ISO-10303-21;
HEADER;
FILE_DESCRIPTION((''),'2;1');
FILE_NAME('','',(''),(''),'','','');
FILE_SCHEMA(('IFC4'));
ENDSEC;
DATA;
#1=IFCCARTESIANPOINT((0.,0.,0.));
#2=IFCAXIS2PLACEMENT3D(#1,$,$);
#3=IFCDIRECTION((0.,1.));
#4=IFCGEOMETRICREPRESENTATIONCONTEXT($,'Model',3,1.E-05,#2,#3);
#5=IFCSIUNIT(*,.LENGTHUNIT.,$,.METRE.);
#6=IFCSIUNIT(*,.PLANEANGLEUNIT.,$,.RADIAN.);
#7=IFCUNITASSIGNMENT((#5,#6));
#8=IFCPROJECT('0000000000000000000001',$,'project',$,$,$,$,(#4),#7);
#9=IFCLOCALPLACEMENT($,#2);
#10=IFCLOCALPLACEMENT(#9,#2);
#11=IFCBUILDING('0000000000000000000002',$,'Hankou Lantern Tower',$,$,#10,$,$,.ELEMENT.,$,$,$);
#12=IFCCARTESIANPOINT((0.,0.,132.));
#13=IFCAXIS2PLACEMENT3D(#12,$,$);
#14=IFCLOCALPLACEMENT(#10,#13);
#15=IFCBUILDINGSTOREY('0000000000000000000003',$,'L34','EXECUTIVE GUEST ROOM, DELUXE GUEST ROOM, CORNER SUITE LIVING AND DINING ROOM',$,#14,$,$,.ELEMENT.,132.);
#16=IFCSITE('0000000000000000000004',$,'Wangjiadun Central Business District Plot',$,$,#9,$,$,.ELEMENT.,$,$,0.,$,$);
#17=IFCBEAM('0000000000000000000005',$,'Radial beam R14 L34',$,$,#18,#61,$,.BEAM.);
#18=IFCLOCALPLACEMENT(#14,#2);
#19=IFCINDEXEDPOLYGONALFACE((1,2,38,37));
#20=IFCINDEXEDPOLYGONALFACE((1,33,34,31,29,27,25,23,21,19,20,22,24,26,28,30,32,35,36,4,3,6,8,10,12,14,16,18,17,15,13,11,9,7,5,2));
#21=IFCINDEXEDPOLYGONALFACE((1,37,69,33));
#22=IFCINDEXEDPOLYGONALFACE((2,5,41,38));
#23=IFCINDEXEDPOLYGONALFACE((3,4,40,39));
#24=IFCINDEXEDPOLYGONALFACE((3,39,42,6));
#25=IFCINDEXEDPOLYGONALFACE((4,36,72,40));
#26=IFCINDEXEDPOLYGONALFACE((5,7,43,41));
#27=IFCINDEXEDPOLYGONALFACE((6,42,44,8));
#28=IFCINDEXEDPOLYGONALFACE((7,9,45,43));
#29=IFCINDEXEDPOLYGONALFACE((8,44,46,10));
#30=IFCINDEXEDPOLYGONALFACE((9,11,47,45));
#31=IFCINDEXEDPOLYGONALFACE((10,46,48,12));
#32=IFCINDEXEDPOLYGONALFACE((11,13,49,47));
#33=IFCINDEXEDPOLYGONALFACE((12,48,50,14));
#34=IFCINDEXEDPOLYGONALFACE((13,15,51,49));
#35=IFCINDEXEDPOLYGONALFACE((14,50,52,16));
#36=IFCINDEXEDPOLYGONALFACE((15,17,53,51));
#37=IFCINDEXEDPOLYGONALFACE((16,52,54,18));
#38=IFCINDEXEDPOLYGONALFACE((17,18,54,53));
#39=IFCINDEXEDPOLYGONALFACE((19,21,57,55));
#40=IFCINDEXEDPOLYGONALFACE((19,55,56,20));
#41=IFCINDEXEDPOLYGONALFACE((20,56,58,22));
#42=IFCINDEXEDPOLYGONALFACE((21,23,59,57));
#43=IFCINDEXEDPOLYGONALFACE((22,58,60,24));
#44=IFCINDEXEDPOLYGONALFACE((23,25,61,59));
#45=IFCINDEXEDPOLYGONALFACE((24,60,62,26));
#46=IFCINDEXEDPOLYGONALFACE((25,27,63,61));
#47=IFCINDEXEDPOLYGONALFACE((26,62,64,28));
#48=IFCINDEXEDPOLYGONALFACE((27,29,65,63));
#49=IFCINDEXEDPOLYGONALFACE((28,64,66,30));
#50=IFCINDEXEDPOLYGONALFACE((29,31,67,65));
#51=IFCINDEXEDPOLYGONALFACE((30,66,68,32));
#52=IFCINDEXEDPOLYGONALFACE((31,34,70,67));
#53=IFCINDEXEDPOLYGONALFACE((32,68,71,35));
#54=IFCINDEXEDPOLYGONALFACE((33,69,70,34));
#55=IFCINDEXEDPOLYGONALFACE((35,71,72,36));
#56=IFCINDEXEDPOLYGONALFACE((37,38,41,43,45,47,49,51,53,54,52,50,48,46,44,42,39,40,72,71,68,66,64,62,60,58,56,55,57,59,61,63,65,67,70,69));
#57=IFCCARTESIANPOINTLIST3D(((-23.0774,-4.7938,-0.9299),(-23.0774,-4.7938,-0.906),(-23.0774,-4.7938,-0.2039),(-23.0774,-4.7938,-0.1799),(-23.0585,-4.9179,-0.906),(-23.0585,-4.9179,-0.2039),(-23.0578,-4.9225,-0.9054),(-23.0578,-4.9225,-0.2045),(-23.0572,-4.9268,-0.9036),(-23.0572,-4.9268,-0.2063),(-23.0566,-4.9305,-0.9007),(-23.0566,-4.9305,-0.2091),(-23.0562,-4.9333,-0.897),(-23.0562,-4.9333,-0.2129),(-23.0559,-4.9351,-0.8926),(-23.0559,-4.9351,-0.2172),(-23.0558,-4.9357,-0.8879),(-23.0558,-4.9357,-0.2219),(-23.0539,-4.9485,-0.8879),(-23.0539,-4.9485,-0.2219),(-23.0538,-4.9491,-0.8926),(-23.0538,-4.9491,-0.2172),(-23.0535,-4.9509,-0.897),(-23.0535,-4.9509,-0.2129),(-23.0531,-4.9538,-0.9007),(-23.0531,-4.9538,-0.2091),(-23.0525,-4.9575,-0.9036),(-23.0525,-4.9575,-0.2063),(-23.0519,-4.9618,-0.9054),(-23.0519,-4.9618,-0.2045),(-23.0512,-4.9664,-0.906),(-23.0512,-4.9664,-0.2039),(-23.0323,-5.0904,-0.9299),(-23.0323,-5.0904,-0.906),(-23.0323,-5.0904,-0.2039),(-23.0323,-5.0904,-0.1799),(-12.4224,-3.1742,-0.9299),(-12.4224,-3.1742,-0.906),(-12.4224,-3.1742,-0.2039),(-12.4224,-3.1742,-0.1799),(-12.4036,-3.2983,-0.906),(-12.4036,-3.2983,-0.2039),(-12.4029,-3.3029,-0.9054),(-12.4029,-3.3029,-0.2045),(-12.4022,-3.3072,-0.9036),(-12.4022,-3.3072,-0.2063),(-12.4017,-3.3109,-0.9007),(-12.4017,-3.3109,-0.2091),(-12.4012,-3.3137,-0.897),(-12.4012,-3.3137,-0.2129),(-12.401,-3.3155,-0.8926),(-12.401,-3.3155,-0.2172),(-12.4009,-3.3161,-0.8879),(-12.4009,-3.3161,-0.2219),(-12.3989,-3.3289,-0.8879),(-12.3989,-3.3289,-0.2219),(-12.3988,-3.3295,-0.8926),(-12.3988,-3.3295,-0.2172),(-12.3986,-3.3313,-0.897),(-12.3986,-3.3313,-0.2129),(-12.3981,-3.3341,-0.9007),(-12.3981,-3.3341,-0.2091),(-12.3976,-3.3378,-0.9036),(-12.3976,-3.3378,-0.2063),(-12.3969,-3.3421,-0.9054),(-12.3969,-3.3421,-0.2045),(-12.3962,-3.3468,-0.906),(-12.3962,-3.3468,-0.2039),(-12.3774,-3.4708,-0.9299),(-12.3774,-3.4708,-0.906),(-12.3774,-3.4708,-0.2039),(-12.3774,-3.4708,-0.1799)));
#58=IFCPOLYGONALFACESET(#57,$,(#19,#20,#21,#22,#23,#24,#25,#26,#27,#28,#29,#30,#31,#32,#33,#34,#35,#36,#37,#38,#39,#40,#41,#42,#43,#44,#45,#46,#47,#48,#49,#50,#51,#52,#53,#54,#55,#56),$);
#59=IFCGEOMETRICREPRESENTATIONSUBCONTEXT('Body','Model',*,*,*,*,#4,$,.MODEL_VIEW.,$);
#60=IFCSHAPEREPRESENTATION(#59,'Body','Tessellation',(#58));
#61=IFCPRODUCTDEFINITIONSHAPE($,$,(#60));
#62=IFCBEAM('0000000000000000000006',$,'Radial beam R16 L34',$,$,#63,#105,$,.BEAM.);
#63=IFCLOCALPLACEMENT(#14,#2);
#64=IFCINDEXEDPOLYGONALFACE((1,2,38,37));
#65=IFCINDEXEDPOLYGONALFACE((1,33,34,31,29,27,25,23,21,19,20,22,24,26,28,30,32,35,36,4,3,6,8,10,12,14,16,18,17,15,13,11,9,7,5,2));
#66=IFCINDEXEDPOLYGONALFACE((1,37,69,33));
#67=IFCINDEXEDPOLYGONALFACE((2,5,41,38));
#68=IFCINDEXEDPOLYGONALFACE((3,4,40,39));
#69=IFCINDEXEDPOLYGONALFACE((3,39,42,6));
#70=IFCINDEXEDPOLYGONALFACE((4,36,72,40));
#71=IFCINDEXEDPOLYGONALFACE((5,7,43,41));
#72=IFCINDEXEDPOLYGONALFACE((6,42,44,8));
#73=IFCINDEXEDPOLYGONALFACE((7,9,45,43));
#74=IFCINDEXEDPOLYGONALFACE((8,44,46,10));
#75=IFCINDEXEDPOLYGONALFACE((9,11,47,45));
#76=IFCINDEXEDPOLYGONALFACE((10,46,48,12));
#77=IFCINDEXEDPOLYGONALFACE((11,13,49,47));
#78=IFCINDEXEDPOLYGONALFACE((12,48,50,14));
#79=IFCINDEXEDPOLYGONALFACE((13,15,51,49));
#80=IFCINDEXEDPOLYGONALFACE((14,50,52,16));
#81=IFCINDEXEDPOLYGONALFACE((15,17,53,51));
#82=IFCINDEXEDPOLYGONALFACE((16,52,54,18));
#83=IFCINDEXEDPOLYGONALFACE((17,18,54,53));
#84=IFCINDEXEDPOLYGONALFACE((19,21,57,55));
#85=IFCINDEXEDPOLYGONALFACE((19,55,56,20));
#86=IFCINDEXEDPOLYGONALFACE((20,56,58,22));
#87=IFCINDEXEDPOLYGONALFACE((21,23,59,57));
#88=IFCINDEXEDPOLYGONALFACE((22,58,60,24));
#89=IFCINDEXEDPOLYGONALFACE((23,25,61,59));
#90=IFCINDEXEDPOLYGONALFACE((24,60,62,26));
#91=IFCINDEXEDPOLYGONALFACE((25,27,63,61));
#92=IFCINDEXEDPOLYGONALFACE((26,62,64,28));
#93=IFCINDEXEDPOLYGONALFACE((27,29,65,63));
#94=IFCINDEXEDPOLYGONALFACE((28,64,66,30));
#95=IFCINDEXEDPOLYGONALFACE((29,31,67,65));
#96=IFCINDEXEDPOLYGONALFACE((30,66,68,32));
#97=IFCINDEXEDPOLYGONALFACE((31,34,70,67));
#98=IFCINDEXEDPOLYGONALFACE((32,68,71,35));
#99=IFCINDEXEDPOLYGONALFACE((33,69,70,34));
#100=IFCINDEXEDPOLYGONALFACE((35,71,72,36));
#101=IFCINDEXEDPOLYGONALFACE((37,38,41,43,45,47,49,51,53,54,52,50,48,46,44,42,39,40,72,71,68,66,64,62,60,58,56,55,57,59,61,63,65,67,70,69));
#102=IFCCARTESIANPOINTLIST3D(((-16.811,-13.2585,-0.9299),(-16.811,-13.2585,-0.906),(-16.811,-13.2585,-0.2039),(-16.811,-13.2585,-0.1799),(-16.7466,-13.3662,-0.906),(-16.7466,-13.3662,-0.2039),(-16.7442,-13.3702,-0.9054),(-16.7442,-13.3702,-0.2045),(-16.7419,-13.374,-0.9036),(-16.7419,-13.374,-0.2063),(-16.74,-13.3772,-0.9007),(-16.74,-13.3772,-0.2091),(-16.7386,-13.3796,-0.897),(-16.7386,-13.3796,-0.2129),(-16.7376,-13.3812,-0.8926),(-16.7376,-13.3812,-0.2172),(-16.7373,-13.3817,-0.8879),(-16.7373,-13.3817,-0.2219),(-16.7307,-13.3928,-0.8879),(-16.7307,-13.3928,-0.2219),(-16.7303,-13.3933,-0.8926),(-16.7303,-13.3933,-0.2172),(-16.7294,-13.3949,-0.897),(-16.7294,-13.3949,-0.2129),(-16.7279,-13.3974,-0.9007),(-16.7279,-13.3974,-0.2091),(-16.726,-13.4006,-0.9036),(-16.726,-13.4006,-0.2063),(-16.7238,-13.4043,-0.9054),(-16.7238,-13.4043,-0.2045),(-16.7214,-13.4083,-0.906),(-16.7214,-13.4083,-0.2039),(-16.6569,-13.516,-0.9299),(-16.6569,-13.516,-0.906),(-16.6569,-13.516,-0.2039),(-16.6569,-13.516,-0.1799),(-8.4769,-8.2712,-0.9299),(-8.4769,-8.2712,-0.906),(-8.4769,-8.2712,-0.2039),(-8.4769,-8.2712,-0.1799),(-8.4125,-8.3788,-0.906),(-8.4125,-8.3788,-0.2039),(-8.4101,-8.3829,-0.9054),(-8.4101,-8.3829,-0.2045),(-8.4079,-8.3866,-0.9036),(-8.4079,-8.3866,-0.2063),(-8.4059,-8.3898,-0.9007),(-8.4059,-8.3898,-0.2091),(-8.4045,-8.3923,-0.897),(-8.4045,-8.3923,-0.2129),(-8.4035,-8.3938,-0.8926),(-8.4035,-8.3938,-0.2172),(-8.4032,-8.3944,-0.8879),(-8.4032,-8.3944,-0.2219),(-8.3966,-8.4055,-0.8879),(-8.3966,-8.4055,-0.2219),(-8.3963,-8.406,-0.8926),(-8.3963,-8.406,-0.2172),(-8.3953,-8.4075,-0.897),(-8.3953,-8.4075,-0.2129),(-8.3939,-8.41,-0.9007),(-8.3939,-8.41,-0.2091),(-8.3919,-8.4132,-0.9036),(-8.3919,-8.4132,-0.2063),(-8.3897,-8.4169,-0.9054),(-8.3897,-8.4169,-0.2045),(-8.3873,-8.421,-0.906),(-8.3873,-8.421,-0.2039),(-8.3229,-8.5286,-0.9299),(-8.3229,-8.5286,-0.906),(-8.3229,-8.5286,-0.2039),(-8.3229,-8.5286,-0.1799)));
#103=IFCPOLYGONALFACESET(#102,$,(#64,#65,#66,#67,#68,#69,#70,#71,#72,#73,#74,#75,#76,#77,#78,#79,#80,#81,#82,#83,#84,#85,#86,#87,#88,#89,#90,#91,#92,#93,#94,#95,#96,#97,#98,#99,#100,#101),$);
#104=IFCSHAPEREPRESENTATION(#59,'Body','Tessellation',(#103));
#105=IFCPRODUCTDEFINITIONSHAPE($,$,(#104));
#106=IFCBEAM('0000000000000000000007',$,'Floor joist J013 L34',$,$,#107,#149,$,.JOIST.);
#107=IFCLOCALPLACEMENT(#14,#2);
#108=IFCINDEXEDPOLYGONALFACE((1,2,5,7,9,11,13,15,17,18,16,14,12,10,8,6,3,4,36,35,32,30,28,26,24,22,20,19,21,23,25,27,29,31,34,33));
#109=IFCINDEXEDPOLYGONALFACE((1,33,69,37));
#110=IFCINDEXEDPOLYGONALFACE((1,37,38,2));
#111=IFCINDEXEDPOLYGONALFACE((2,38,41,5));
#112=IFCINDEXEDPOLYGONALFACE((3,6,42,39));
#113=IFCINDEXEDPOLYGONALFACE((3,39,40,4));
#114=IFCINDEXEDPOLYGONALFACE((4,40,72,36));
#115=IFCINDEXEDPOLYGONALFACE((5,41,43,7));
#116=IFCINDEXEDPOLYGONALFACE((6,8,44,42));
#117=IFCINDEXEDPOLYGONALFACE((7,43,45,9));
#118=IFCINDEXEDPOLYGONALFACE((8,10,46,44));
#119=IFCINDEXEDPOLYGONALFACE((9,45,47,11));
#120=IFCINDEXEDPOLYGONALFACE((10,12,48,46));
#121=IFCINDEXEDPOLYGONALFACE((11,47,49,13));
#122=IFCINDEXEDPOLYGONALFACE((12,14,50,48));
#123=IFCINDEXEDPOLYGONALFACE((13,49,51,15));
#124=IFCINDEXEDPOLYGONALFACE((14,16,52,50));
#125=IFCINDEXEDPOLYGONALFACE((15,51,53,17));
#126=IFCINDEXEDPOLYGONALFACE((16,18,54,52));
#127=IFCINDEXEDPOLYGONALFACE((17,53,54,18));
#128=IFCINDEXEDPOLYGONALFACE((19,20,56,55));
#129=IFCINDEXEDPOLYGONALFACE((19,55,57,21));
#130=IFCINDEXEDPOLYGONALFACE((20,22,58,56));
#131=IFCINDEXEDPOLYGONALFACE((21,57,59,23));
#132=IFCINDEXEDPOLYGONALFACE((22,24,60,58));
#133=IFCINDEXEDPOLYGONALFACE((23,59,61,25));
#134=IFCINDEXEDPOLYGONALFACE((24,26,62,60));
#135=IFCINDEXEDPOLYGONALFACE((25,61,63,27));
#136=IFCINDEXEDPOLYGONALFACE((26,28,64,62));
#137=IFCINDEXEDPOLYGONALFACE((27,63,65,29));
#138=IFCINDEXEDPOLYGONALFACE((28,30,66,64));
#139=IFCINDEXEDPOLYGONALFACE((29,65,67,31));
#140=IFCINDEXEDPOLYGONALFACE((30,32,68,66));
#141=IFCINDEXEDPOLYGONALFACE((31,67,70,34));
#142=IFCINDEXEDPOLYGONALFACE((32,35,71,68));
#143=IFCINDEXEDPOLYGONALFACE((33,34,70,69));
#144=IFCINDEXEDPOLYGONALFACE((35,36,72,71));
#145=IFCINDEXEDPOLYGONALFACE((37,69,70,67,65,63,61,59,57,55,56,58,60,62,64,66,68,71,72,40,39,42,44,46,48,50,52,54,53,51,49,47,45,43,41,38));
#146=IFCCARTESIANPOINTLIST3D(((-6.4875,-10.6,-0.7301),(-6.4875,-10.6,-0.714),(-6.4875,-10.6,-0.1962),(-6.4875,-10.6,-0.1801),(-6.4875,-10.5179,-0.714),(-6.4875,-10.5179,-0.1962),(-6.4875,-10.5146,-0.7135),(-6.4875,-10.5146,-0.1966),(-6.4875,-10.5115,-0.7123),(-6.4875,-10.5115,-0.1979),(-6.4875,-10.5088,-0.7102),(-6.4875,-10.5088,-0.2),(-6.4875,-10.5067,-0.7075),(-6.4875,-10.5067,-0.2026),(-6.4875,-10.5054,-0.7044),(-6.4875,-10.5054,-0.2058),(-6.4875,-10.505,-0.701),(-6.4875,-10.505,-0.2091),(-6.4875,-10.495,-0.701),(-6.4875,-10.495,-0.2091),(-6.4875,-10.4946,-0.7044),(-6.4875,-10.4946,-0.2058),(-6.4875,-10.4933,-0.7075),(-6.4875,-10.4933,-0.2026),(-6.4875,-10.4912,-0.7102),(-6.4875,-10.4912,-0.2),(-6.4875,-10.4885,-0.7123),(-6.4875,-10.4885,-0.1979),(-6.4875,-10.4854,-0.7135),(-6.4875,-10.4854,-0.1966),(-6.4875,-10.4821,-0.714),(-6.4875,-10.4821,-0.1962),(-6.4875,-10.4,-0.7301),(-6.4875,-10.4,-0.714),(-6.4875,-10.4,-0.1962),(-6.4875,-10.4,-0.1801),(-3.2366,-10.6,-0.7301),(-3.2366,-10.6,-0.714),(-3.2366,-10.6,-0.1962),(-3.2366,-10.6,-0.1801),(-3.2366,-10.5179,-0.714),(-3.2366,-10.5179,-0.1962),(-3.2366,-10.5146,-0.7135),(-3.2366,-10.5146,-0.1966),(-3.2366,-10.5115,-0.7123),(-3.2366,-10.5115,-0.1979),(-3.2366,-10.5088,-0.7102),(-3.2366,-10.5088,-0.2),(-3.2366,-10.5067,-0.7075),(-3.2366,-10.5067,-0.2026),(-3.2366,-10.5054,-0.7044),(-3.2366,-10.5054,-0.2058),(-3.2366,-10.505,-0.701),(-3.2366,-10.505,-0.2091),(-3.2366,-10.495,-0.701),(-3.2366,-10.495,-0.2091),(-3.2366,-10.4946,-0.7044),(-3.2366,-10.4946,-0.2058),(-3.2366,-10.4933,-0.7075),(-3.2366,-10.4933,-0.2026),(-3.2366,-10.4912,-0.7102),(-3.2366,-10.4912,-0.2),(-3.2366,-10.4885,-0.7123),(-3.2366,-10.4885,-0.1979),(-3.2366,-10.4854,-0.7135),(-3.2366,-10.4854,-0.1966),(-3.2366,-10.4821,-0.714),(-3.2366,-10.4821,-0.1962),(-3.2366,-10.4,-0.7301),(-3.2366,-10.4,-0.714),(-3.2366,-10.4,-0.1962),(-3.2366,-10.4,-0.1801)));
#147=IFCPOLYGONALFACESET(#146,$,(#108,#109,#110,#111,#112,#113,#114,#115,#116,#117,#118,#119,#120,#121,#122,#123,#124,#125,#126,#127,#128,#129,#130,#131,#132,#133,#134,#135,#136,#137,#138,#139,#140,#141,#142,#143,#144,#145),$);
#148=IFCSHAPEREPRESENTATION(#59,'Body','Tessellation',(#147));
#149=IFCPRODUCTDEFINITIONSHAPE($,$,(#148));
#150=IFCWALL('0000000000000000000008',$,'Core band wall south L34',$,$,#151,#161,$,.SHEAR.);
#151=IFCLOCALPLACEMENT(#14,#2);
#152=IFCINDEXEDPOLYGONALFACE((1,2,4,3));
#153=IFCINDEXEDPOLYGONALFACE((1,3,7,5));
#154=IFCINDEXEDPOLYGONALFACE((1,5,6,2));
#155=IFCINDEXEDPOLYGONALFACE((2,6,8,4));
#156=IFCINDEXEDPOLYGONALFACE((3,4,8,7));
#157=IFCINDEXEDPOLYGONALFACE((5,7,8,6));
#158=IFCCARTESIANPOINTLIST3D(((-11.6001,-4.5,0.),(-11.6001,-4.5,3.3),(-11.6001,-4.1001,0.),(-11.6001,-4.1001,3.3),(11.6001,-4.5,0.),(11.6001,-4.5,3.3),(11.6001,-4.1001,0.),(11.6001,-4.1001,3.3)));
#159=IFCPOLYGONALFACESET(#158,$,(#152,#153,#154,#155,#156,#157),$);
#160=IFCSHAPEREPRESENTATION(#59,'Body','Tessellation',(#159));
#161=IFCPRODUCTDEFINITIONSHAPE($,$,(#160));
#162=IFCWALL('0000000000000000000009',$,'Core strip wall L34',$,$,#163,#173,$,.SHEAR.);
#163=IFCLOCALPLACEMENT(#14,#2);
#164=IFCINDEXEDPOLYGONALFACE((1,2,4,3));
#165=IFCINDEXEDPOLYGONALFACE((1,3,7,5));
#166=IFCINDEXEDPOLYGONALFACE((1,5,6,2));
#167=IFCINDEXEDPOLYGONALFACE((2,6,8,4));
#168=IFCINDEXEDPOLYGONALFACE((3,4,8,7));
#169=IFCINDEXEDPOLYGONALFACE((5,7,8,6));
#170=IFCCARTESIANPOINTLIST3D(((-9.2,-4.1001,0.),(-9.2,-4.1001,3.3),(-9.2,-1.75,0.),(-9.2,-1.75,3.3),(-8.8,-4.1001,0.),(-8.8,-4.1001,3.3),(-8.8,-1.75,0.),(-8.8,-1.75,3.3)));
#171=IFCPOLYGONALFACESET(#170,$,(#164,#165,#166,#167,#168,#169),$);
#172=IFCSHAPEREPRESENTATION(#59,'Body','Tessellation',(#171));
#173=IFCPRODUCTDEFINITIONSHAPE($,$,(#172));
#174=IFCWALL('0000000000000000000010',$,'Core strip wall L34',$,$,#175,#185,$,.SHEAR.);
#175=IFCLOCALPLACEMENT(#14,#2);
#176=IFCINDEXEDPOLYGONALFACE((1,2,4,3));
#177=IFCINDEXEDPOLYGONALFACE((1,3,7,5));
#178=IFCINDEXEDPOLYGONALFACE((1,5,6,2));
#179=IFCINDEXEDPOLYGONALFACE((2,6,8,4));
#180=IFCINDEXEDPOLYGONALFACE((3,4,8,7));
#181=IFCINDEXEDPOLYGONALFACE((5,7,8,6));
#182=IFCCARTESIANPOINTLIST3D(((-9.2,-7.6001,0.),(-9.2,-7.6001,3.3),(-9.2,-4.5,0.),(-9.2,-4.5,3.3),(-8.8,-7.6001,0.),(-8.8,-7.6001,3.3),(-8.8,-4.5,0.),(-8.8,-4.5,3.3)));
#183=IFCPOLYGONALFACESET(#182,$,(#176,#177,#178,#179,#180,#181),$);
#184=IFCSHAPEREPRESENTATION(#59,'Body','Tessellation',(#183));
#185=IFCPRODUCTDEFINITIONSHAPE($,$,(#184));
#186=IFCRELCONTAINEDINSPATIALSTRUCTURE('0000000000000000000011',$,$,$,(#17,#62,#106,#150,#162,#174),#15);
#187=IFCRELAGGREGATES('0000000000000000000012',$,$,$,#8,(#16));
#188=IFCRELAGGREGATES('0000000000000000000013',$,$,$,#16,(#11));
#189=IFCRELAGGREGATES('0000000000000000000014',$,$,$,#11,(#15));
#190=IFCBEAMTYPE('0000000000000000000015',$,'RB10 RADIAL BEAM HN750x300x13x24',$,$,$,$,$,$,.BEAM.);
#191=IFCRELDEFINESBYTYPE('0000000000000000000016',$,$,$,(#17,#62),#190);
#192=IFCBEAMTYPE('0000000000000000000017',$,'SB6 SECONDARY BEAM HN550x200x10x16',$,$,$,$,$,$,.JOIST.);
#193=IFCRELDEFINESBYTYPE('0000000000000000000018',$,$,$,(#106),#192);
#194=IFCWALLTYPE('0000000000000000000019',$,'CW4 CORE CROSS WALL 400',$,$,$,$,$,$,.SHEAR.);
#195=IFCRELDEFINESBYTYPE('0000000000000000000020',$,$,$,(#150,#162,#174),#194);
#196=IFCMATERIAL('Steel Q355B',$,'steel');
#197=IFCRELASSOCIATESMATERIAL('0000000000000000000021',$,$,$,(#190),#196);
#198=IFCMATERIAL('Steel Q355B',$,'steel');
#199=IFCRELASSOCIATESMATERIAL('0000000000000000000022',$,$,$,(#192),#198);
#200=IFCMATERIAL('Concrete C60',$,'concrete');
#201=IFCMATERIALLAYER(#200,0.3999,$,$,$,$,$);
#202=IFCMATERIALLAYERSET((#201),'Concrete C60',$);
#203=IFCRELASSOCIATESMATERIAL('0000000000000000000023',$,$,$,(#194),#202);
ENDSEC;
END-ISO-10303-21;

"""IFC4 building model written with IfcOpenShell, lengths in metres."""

from ifc_helpers import new_model, si_unit, direction, frame, frame_2d, origin, origin_2d, place, context, subcontext, project, spatial, rectangle, i_section, extrude, material, layer, layer_set, material_profile, profile_set, type_object, element, save


model = new_model("IFC4")

# Units and contexts
model_context = context("Model", 3, precision=1e-05, world=origin(), true_north=direction((0.0, 1.0)))
body_context = subcontext(model_context, "Body", "Model", "MODEL_VIEW")
ifc_project = project(units=[si_unit("LENGTHUNIT", "METRE"), si_unit("PLANEANGLEUNIT", "RADIAN")], contexts=[model_context])

# Site, building, storey
site_placement = place(None, origin())
site = spatial("IfcSite", under=ifc_project, at=site_placement, Name="Wangjiadun Central Business District Plot", CompositionType="ELEMENT", RefElevation=0.0)
building_placement = place(site_placement, origin())
building = spatial("IfcBuilding", under=site, at=building_placement, Name="Hankou Lantern Tower", CompositionType="ELEMENT")
storey_placement = place(building_placement, frame((0.0, 0.0, 132.0)))
storey = spatial("IfcBuildingStorey", under=building, at=storey_placement, Name="L34", Description="EXECUTIVE GUEST ROOM, DELUXE GUEST ROOM, CORNER SUITE LIVING AND DINING ROOM", CompositionType="ELEMENT", Elevation=132.0)

# Beams
ifc_material_1 = material(Name="Steel Q355B", Category="steel")
ifc_material_profile_1 = material_profile(ifc_material_1, i_section(OverallWidth=0.3, OverallDepth=0.75, WebThickness=0.0129, FlangeThickness=0.0239, FilletRadius=0.0181, at=origin_2d()), Name="HN750x300x13x24")
ifc_profile_set_1 = profile_set([ifc_material_profile_1], Name="Steel Q355B")
beam_type_1 = type_object("IfcBeamType", Name="RB10 RADIAL BEAM HN750x300x13x24", PredefinedType="BEAM", material=ifc_profile_set_1)
beam_1_placement = place(storey_placement, frame((-12.3999, -3.3225, -0.5549), z_axis=(-0.988644, -0.15028, 0.0), x_axis=(0.15028, -0.988644, 0.0)))
element("IfcBeam", 1, at=beam_1_placement, inside=storey, type_object=beam_type_1, Name="Radial beam R14 L34", PredefinedType="BEAM", context=body_context, shape_type="SweptSolid", body=[
    extrude(i_section(OverallWidth=0.3, OverallDepth=0.75, WebThickness=0.0129, FlangeThickness=0.0239, FilletRadius=0.0181, at=origin_2d()), origin(), (0.0, 0.0, 1.0), 10.7773),
])
beam_2_placement = place(storey_placement, frame((-8.3999, -8.3999, -0.5549), z_axis=(-0.858087, -0.513505, 0.0), x_axis=(0.513505, -0.858087, 0.0)))
element("IfcBeam", 2, at=beam_2_placement, inside=storey, type_object=beam_type_1, Name="Radial beam R16 L34", PredefinedType="BEAM", context=body_context, shape_type="SweptSolid", body=[
    extrude(i_section(OverallWidth=0.3, OverallDepth=0.75, WebThickness=0.0129, FlangeThickness=0.0239, FilletRadius=0.0181, at=origin_2d()), origin(), (0.0, 0.0, 1.0), 9.7124),
])
ifc_material_2 = material(Name="Steel Q355B", Category="steel")
ifc_material_profile_2 = material_profile(ifc_material_2, i_section(OverallWidth=0.2, OverallDepth=0.55, WebThickness=0.01, FlangeThickness=0.0161, FilletRadius=0.0129, at=origin_2d()), Name="HN550x200x10x16")
ifc_profile_set_2 = profile_set([ifc_material_profile_2], Name="Steel Q355B")
beam_type_2 = type_object("IfcBeamType", Name="SB6 SECONDARY BEAM HN550x200x10x16", PredefinedType="JOIST", material=ifc_profile_set_2)
beam_3_placement = place(storey_placement, frame((-6.4875, -10.5, -0.4551), z_axis=(1.0, 0.0, 0.0), x_axis=(0.0, 1.0, 0.0)))
element("IfcBeam", 3, at=beam_3_placement, inside=storey, type_object=beam_type_2, Name="Floor joist J013 L34", PredefinedType="JOIST", context=body_context, shape_type="SweptSolid", body=[
    extrude(i_section(OverallWidth=0.2, OverallDepth=0.55, WebThickness=0.01, FlangeThickness=0.0161, FilletRadius=0.0129, at=origin_2d()), origin(), (0.0, 0.0, 1.0), 3.251),
])

# Walls
ifc_material_3 = material(Name="Concrete C60", Category="concrete")
ifc_layer_1 = layer(ifc_material_3, 0.3999)
ifc_layer_set_1 = layer_set([ifc_layer_1], Name="Concrete C60")
wall_type_1 = type_object("IfcWallType", Name="CW4 CORE CROSS WALL 400", PredefinedType="SHEAR", material=ifc_layer_set_1)
wall_1_placement = place(storey_placement, frame((-11.6001, -4.3, 0.0), z_axis=(0.0, 0.0, 1.0), x_axis=(1.0, 0.0, 0.0)))
element("IfcWall", 4, at=wall_1_placement, inside=storey, type_object=wall_type_1, Name="Core band wall south L34", PredefinedType="SHEAR", context=body_context, shape_type="SweptSolid", body=[
    extrude(rectangle(XDim=23.2002, YDim=0.3999, at=frame_2d((11.6001, 0.0))), origin(), (0.0, 0.0, 1.0), 3.3),
])
wall_2_placement = place(storey_placement, frame((-9.0, -4.1001, 0.0), z_axis=(0.0, 0.0, 1.0), x_axis=(0.0, 1.0, 0.0)))
element("IfcWall", 5, at=wall_2_placement, inside=storey, type_object=wall_type_1, Name="Core strip wall L34", PredefinedType="SHEAR", context=body_context, shape_type="SweptSolid", body=[
    extrude(rectangle(XDim=2.3501, YDim=0.3999, at=frame_2d((1.175, 0.0))), origin(), (0.0, 0.0, 1.0), 3.3),
])
wall_3_placement = place(storey_placement, frame((-9.0, -7.6001, 0.0), z_axis=(0.0, 0.0, 1.0), x_axis=(0.0, 1.0, 0.0)))
element("IfcWall", 6, at=wall_3_placement, inside=storey, type_object=wall_type_1, Name="Core strip wall L34", PredefinedType="SHEAR", context=body_context, shape_type="SweptSolid", body=[
    extrude(rectangle(XDim=3.1001, YDim=0.3999, at=frame_2d((1.55, 0.0))), origin(), (0.0, 0.0, 1.0), 3.3),
])

save(model, "model.ifc")
